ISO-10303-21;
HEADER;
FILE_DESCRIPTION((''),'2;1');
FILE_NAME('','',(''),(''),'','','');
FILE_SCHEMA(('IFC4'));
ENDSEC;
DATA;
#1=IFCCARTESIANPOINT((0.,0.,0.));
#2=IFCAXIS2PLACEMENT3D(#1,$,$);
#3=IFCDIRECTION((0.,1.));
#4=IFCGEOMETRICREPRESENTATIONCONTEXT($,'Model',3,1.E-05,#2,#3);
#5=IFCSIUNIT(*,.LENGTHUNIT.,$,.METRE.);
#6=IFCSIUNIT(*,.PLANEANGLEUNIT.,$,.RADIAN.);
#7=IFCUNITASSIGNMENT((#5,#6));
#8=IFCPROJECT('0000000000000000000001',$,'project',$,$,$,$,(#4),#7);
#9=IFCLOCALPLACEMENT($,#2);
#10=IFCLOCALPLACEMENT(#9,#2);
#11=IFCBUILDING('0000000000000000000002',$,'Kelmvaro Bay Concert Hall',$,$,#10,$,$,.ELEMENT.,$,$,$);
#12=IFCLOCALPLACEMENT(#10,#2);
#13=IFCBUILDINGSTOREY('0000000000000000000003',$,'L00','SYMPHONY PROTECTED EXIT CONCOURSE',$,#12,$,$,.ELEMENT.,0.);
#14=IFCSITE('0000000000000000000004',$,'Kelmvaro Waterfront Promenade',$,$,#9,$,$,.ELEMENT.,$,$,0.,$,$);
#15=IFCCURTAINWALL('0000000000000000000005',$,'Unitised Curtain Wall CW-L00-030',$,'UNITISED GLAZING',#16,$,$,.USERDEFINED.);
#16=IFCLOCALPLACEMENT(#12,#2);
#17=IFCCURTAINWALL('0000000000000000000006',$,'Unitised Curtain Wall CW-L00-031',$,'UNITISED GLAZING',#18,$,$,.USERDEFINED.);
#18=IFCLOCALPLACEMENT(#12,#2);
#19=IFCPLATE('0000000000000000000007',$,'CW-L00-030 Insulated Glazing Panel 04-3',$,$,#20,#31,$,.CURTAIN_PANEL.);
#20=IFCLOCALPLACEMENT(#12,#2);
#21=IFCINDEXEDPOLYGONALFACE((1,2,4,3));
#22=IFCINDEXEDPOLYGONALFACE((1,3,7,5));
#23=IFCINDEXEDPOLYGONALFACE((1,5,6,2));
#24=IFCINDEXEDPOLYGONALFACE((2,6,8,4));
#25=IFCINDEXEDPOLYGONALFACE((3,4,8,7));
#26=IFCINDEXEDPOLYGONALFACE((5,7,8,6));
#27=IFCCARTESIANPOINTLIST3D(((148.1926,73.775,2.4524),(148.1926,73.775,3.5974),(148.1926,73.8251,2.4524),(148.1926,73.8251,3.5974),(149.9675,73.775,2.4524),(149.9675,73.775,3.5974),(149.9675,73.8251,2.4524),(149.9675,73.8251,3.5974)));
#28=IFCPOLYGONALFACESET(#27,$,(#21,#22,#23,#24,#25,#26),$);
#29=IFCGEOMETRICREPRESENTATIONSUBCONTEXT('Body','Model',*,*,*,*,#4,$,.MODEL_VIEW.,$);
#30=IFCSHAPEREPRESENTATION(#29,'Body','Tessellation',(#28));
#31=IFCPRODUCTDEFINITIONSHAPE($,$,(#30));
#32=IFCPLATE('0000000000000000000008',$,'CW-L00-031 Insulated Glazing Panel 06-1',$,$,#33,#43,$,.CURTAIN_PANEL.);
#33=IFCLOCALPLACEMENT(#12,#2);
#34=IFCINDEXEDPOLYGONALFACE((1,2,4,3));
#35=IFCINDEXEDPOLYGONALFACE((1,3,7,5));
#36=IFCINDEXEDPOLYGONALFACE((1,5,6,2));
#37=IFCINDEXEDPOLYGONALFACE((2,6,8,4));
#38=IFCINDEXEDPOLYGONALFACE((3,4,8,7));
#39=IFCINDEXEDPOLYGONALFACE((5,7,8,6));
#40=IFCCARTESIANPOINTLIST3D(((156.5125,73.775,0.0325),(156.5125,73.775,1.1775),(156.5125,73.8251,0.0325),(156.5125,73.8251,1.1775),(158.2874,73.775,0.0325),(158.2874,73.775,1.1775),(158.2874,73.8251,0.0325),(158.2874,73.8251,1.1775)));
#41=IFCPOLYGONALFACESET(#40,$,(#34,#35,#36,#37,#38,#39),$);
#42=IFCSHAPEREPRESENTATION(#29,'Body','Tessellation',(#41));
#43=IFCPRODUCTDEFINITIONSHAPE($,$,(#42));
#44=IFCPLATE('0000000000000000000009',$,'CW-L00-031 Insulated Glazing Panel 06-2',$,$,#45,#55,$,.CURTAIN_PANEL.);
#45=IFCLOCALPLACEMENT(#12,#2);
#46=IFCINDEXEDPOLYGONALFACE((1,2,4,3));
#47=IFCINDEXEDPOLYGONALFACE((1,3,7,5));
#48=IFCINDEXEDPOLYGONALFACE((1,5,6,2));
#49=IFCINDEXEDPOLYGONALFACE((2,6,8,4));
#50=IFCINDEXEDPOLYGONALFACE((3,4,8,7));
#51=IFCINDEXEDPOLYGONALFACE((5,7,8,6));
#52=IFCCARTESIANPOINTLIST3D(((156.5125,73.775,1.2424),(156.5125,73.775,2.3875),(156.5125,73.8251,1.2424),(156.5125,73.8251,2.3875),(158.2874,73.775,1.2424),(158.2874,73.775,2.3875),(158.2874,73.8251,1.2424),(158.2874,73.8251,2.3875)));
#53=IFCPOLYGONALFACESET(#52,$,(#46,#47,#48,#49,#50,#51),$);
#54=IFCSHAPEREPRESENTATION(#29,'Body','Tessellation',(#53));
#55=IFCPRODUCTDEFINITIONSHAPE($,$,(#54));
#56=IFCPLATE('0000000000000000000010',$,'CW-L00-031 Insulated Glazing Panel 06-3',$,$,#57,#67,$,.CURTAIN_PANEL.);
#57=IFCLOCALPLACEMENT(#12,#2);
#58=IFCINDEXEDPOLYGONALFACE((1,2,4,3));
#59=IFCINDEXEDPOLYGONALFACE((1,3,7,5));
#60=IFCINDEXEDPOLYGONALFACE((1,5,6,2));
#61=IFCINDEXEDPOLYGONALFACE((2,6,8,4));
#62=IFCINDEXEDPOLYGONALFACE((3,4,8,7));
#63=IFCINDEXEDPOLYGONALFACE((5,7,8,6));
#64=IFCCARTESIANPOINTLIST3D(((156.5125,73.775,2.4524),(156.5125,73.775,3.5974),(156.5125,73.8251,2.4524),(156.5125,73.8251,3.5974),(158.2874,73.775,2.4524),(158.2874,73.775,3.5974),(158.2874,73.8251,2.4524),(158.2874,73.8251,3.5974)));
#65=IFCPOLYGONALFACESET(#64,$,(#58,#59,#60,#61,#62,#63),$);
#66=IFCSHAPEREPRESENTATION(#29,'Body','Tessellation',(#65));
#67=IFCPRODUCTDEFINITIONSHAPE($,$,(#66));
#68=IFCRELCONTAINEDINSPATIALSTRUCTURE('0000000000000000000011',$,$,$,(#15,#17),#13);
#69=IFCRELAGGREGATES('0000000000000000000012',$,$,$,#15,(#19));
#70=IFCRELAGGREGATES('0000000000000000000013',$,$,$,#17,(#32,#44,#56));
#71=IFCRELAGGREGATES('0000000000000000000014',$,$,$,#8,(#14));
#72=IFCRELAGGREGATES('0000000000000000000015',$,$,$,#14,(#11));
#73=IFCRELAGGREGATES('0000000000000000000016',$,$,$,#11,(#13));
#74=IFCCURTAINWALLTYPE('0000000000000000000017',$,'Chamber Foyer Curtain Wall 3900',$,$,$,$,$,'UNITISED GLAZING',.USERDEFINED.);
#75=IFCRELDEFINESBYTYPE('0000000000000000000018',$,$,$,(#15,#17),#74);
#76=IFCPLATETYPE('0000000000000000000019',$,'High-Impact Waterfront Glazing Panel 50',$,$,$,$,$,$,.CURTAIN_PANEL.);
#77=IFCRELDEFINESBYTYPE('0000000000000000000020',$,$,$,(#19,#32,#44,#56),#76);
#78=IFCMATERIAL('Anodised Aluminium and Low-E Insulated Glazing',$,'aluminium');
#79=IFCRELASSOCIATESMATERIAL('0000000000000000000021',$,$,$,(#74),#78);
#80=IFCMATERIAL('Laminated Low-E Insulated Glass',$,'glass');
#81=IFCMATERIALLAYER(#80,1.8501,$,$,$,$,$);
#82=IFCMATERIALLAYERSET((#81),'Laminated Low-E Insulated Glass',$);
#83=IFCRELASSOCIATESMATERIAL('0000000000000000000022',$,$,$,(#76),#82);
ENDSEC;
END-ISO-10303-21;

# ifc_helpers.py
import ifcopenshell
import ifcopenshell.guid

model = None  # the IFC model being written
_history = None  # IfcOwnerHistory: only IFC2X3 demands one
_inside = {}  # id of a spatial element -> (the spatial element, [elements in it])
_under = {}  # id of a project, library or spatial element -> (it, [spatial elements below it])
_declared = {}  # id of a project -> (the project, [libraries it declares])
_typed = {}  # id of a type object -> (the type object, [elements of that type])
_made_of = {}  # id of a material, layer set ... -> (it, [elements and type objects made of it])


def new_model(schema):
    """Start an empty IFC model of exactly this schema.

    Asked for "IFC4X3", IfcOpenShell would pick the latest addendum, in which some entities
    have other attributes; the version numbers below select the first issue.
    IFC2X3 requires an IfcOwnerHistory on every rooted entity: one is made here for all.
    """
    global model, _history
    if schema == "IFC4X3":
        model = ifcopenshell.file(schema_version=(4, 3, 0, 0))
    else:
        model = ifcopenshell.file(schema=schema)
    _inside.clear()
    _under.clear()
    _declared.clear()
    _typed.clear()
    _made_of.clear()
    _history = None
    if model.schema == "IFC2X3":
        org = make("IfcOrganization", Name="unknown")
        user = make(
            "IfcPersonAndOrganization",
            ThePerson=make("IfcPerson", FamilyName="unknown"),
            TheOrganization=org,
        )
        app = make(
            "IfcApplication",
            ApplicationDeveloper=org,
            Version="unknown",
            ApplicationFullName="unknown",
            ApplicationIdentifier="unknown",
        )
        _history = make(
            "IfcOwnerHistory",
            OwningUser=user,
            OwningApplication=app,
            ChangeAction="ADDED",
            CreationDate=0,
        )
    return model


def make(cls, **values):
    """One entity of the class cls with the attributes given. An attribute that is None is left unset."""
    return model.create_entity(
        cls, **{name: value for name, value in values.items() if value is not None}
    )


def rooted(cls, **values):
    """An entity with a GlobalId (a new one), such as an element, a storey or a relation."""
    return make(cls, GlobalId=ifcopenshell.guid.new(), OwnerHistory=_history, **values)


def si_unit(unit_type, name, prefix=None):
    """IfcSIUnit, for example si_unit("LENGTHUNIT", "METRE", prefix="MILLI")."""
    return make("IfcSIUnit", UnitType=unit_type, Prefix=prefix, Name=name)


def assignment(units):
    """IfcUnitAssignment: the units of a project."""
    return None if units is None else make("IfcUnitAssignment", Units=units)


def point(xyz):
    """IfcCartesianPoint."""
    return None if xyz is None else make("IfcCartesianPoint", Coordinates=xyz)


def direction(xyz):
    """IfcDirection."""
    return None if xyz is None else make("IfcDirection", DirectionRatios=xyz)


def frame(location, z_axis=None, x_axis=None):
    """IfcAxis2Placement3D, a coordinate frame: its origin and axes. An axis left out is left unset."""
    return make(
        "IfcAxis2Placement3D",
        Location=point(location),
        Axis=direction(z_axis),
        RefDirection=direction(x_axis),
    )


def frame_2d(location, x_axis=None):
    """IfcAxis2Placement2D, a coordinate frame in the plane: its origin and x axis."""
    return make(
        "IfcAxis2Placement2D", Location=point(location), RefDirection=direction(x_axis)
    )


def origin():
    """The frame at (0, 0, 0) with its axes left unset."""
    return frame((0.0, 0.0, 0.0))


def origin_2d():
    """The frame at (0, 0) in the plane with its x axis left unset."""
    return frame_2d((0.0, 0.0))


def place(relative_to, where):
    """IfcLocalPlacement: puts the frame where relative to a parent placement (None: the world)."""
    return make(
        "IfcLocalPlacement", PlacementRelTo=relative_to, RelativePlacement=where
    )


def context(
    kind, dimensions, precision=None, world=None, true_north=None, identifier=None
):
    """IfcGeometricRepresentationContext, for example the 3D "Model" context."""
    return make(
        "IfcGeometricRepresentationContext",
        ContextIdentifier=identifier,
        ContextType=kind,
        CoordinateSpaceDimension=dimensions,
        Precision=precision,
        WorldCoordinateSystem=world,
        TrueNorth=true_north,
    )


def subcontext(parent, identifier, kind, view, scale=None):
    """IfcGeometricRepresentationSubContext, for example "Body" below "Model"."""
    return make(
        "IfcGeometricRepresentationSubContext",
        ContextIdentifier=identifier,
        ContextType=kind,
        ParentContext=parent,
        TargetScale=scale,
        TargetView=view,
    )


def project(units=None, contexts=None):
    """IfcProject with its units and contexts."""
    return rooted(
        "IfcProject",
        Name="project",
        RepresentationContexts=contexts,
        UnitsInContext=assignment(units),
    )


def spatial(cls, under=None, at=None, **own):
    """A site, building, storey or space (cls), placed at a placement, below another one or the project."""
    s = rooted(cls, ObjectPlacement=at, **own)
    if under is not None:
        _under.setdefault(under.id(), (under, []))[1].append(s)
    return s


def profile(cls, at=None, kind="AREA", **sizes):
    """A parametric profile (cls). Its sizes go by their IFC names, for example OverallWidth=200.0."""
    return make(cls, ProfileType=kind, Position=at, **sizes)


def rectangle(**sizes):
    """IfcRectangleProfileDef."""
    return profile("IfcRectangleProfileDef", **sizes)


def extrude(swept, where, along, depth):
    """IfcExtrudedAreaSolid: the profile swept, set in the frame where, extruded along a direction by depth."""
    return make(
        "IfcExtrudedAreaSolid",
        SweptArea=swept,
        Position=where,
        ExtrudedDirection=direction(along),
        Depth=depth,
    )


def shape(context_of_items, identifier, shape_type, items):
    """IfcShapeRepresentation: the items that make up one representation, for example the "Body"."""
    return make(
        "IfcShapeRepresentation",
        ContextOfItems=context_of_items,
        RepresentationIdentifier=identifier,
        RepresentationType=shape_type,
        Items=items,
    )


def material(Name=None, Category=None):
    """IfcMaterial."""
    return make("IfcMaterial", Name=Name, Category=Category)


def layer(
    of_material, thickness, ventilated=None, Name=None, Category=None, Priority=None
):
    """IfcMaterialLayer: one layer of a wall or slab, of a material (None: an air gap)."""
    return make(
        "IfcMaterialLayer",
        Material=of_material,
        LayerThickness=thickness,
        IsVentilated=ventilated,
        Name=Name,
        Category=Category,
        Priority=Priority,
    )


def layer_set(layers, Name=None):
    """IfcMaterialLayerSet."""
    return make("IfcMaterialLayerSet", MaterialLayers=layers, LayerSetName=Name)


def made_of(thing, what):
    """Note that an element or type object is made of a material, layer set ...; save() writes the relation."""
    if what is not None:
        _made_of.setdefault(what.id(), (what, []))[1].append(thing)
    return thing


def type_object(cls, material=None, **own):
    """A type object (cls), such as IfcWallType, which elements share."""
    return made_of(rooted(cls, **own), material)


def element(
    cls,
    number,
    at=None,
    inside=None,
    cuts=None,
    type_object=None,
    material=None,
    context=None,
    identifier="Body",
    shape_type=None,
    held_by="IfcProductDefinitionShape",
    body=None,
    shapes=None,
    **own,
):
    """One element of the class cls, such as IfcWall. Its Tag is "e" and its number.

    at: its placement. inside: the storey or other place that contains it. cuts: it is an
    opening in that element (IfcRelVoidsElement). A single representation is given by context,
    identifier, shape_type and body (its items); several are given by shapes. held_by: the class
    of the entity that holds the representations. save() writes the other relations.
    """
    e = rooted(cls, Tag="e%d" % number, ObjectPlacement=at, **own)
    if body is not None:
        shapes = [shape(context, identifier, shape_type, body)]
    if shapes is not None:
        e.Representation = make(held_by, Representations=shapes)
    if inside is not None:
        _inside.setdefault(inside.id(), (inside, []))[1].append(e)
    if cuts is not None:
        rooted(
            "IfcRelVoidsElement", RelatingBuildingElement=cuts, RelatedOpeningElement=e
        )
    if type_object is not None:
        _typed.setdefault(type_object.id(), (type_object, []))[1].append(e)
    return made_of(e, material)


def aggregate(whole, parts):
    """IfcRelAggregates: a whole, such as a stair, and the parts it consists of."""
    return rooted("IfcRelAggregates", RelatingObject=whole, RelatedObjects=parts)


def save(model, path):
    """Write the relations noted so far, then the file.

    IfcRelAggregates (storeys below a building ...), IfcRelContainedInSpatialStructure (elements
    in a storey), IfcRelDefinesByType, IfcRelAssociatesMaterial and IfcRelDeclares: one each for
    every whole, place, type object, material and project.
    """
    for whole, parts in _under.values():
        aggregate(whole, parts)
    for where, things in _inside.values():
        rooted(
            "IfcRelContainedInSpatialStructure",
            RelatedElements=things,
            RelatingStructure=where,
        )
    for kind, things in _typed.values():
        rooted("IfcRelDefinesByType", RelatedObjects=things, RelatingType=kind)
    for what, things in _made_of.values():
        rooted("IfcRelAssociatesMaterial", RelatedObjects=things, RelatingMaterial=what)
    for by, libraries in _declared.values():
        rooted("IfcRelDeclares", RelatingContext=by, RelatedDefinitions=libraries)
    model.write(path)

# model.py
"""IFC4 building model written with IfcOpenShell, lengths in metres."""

from ifc_helpers import new_model, si_unit, direction, frame, origin, origin_2d, place, context, subcontext, project, spatial, rectangle, extrude, material, layer, layer_set, type_object, element, aggregate, save


model = new_model("IFC4")

# Units and contexts
model_context = context("Model", 3, precision=1e-05, world=origin(), true_north=direction((0.0, 1.0)))
body_context = subcontext(model_context, "Body", "Model", "MODEL_VIEW")
ifc_project = project(units=[si_unit("LENGTHUNIT", "METRE"), si_unit("PLANEANGLEUNIT", "RADIAN")], contexts=[model_context])

# Site, building, storey
site_placement = place(None, origin())
site = spatial("IfcSite", under=ifc_project, at=site_placement, Name="Kelmvaro Waterfront Promenade", CompositionType="ELEMENT", RefElevation=0.0)
building_placement = place(site_placement, origin())
building = spatial("IfcBuilding", under=site, at=building_placement, Name="Kelmvaro Bay Concert Hall", CompositionType="ELEMENT")
storey_placement = place(building_placement, origin())
storey = spatial("IfcBuildingStorey", under=building, at=storey_placement, Name="L00", Description="SYMPHONY PROTECTED EXIT CONCOURSE", CompositionType="ELEMENT", Elevation=0.0)

# Curtain wall
ifc_material_1 = material(Name="Anodised Aluminium and Low-E Insulated Glazing", Category="aluminium")
curtain_wall_type = type_object("IfcCurtainWallType", Name="Chamber Foyer Curtain Wall 3900", ElementType="UNITISED GLAZING", PredefinedType="USERDEFINED", material=ifc_material_1)
curtain_wall_1_placement = place(storey_placement, origin())
curtain_wall_1 = element("IfcCurtainWall", 1, at=curtain_wall_1_placement, inside=storey, type_object=curtain_wall_type, Name="Unitised Curtain Wall CW-L00-030", ObjectType="UNITISED GLAZING", PredefinedType="USERDEFINED")

# Curtain wall
curtain_wall_2_placement = place(storey_placement, origin())
curtain_wall_2 = element("IfcCurtainWall", 2, at=curtain_wall_2_placement, inside=storey, type_object=curtain_wall_type, Name="Unitised Curtain Wall CW-L00-031", ObjectType="UNITISED GLAZING", PredefinedType="USERDEFINED")

# Plates
ifc_material_2 = material(Name="Laminated Low-E Insulated Glass", Category="glass")
ifc_layer = layer(ifc_material_2, 1.8501)
ifc_layer_set = layer_set([ifc_layer], Name="Laminated Low-E Insulated Glass")
plate_type = type_object("IfcPlateType", Name="High-Impact Waterfront Glazing Panel 50", PredefinedType="CURTAIN_PANEL", material=ifc_layer_set)
plate_1_placement = place(storey_placement, frame((149.0801, 73.8, 2.4524), z_axis=(0.0, 0.0, 1.0), x_axis=(-1.0, 0.0, 0.0)))
plate_1 = element("IfcPlate", 3, at=plate_1_placement, type_object=plate_type, Name="CW-L00-030 Insulated Glazing Panel 04-3", PredefinedType="CURTAIN_PANEL", context=body_context, shape_type="SweptSolid", body=[
    extrude(rectangle(XDim=1.7749, YDim=0.05, at=origin_2d()), origin(), (0.0, 0.0, 1.0), 1.145),
])
aggregate(curtain_wall_1, [plate_1])
plate_2_placement = place(storey_placement, frame((157.3999, 73.8, 0.0325), z_axis=(0.0, 0.0, 1.0), x_axis=(-1.0, 0.0, 0.0)))
plate_2 = element("IfcPlate", 4, at=plate_2_placement, type_object=plate_type, Name="CW-L00-031 Insulated Glazing Panel 06-1", PredefinedType="CURTAIN_PANEL", context=body_context, shape_type="SweptSolid", body=[
    extrude(rectangle(XDim=1.7749, YDim=0.05, at=origin_2d()), origin(), (0.0, 0.0, 1.0), 1.145),
])
plate_3_placement = place(storey_placement, frame((157.3999, 73.8, 1.2424), z_axis=(0.0, 0.0, 1.0), x_axis=(-1.0, 0.0, 0.0)))
plate_3 = element("IfcPlate", 5, at=plate_3_placement, type_object=plate_type, Name="CW-L00-031 Insulated Glazing Panel 06-2", PredefinedType="CURTAIN_PANEL", context=body_context, shape_type="SweptSolid", body=[
    extrude(rectangle(XDim=1.7749, YDim=0.05, at=origin_2d()), origin(), (0.0, 0.0, 1.0), 1.145),
])
plate_4_placement = place(storey_placement, frame((157.3999, 73.8, 2.4524), z_axis=(0.0, 0.0, 1.0), x_axis=(-1.0, 0.0, 0.0)))
plate_4 = element("IfcPlate", 6, at=plate_4_placement, type_object=plate_type, Name="CW-L00-031 Insulated Glazing Panel 06-3", PredefinedType="CURTAIN_PANEL", context=body_context, shape_type="SweptSolid", body=[
    extrude(rectangle(XDim=1.7749, YDim=0.05, at=origin_2d()), origin(), (0.0, 0.0, 1.0), 1.145),
])
aggregate(curtain_wall_2, [plate_2, plate_3, plate_4])

save(model, "model.ifc")
